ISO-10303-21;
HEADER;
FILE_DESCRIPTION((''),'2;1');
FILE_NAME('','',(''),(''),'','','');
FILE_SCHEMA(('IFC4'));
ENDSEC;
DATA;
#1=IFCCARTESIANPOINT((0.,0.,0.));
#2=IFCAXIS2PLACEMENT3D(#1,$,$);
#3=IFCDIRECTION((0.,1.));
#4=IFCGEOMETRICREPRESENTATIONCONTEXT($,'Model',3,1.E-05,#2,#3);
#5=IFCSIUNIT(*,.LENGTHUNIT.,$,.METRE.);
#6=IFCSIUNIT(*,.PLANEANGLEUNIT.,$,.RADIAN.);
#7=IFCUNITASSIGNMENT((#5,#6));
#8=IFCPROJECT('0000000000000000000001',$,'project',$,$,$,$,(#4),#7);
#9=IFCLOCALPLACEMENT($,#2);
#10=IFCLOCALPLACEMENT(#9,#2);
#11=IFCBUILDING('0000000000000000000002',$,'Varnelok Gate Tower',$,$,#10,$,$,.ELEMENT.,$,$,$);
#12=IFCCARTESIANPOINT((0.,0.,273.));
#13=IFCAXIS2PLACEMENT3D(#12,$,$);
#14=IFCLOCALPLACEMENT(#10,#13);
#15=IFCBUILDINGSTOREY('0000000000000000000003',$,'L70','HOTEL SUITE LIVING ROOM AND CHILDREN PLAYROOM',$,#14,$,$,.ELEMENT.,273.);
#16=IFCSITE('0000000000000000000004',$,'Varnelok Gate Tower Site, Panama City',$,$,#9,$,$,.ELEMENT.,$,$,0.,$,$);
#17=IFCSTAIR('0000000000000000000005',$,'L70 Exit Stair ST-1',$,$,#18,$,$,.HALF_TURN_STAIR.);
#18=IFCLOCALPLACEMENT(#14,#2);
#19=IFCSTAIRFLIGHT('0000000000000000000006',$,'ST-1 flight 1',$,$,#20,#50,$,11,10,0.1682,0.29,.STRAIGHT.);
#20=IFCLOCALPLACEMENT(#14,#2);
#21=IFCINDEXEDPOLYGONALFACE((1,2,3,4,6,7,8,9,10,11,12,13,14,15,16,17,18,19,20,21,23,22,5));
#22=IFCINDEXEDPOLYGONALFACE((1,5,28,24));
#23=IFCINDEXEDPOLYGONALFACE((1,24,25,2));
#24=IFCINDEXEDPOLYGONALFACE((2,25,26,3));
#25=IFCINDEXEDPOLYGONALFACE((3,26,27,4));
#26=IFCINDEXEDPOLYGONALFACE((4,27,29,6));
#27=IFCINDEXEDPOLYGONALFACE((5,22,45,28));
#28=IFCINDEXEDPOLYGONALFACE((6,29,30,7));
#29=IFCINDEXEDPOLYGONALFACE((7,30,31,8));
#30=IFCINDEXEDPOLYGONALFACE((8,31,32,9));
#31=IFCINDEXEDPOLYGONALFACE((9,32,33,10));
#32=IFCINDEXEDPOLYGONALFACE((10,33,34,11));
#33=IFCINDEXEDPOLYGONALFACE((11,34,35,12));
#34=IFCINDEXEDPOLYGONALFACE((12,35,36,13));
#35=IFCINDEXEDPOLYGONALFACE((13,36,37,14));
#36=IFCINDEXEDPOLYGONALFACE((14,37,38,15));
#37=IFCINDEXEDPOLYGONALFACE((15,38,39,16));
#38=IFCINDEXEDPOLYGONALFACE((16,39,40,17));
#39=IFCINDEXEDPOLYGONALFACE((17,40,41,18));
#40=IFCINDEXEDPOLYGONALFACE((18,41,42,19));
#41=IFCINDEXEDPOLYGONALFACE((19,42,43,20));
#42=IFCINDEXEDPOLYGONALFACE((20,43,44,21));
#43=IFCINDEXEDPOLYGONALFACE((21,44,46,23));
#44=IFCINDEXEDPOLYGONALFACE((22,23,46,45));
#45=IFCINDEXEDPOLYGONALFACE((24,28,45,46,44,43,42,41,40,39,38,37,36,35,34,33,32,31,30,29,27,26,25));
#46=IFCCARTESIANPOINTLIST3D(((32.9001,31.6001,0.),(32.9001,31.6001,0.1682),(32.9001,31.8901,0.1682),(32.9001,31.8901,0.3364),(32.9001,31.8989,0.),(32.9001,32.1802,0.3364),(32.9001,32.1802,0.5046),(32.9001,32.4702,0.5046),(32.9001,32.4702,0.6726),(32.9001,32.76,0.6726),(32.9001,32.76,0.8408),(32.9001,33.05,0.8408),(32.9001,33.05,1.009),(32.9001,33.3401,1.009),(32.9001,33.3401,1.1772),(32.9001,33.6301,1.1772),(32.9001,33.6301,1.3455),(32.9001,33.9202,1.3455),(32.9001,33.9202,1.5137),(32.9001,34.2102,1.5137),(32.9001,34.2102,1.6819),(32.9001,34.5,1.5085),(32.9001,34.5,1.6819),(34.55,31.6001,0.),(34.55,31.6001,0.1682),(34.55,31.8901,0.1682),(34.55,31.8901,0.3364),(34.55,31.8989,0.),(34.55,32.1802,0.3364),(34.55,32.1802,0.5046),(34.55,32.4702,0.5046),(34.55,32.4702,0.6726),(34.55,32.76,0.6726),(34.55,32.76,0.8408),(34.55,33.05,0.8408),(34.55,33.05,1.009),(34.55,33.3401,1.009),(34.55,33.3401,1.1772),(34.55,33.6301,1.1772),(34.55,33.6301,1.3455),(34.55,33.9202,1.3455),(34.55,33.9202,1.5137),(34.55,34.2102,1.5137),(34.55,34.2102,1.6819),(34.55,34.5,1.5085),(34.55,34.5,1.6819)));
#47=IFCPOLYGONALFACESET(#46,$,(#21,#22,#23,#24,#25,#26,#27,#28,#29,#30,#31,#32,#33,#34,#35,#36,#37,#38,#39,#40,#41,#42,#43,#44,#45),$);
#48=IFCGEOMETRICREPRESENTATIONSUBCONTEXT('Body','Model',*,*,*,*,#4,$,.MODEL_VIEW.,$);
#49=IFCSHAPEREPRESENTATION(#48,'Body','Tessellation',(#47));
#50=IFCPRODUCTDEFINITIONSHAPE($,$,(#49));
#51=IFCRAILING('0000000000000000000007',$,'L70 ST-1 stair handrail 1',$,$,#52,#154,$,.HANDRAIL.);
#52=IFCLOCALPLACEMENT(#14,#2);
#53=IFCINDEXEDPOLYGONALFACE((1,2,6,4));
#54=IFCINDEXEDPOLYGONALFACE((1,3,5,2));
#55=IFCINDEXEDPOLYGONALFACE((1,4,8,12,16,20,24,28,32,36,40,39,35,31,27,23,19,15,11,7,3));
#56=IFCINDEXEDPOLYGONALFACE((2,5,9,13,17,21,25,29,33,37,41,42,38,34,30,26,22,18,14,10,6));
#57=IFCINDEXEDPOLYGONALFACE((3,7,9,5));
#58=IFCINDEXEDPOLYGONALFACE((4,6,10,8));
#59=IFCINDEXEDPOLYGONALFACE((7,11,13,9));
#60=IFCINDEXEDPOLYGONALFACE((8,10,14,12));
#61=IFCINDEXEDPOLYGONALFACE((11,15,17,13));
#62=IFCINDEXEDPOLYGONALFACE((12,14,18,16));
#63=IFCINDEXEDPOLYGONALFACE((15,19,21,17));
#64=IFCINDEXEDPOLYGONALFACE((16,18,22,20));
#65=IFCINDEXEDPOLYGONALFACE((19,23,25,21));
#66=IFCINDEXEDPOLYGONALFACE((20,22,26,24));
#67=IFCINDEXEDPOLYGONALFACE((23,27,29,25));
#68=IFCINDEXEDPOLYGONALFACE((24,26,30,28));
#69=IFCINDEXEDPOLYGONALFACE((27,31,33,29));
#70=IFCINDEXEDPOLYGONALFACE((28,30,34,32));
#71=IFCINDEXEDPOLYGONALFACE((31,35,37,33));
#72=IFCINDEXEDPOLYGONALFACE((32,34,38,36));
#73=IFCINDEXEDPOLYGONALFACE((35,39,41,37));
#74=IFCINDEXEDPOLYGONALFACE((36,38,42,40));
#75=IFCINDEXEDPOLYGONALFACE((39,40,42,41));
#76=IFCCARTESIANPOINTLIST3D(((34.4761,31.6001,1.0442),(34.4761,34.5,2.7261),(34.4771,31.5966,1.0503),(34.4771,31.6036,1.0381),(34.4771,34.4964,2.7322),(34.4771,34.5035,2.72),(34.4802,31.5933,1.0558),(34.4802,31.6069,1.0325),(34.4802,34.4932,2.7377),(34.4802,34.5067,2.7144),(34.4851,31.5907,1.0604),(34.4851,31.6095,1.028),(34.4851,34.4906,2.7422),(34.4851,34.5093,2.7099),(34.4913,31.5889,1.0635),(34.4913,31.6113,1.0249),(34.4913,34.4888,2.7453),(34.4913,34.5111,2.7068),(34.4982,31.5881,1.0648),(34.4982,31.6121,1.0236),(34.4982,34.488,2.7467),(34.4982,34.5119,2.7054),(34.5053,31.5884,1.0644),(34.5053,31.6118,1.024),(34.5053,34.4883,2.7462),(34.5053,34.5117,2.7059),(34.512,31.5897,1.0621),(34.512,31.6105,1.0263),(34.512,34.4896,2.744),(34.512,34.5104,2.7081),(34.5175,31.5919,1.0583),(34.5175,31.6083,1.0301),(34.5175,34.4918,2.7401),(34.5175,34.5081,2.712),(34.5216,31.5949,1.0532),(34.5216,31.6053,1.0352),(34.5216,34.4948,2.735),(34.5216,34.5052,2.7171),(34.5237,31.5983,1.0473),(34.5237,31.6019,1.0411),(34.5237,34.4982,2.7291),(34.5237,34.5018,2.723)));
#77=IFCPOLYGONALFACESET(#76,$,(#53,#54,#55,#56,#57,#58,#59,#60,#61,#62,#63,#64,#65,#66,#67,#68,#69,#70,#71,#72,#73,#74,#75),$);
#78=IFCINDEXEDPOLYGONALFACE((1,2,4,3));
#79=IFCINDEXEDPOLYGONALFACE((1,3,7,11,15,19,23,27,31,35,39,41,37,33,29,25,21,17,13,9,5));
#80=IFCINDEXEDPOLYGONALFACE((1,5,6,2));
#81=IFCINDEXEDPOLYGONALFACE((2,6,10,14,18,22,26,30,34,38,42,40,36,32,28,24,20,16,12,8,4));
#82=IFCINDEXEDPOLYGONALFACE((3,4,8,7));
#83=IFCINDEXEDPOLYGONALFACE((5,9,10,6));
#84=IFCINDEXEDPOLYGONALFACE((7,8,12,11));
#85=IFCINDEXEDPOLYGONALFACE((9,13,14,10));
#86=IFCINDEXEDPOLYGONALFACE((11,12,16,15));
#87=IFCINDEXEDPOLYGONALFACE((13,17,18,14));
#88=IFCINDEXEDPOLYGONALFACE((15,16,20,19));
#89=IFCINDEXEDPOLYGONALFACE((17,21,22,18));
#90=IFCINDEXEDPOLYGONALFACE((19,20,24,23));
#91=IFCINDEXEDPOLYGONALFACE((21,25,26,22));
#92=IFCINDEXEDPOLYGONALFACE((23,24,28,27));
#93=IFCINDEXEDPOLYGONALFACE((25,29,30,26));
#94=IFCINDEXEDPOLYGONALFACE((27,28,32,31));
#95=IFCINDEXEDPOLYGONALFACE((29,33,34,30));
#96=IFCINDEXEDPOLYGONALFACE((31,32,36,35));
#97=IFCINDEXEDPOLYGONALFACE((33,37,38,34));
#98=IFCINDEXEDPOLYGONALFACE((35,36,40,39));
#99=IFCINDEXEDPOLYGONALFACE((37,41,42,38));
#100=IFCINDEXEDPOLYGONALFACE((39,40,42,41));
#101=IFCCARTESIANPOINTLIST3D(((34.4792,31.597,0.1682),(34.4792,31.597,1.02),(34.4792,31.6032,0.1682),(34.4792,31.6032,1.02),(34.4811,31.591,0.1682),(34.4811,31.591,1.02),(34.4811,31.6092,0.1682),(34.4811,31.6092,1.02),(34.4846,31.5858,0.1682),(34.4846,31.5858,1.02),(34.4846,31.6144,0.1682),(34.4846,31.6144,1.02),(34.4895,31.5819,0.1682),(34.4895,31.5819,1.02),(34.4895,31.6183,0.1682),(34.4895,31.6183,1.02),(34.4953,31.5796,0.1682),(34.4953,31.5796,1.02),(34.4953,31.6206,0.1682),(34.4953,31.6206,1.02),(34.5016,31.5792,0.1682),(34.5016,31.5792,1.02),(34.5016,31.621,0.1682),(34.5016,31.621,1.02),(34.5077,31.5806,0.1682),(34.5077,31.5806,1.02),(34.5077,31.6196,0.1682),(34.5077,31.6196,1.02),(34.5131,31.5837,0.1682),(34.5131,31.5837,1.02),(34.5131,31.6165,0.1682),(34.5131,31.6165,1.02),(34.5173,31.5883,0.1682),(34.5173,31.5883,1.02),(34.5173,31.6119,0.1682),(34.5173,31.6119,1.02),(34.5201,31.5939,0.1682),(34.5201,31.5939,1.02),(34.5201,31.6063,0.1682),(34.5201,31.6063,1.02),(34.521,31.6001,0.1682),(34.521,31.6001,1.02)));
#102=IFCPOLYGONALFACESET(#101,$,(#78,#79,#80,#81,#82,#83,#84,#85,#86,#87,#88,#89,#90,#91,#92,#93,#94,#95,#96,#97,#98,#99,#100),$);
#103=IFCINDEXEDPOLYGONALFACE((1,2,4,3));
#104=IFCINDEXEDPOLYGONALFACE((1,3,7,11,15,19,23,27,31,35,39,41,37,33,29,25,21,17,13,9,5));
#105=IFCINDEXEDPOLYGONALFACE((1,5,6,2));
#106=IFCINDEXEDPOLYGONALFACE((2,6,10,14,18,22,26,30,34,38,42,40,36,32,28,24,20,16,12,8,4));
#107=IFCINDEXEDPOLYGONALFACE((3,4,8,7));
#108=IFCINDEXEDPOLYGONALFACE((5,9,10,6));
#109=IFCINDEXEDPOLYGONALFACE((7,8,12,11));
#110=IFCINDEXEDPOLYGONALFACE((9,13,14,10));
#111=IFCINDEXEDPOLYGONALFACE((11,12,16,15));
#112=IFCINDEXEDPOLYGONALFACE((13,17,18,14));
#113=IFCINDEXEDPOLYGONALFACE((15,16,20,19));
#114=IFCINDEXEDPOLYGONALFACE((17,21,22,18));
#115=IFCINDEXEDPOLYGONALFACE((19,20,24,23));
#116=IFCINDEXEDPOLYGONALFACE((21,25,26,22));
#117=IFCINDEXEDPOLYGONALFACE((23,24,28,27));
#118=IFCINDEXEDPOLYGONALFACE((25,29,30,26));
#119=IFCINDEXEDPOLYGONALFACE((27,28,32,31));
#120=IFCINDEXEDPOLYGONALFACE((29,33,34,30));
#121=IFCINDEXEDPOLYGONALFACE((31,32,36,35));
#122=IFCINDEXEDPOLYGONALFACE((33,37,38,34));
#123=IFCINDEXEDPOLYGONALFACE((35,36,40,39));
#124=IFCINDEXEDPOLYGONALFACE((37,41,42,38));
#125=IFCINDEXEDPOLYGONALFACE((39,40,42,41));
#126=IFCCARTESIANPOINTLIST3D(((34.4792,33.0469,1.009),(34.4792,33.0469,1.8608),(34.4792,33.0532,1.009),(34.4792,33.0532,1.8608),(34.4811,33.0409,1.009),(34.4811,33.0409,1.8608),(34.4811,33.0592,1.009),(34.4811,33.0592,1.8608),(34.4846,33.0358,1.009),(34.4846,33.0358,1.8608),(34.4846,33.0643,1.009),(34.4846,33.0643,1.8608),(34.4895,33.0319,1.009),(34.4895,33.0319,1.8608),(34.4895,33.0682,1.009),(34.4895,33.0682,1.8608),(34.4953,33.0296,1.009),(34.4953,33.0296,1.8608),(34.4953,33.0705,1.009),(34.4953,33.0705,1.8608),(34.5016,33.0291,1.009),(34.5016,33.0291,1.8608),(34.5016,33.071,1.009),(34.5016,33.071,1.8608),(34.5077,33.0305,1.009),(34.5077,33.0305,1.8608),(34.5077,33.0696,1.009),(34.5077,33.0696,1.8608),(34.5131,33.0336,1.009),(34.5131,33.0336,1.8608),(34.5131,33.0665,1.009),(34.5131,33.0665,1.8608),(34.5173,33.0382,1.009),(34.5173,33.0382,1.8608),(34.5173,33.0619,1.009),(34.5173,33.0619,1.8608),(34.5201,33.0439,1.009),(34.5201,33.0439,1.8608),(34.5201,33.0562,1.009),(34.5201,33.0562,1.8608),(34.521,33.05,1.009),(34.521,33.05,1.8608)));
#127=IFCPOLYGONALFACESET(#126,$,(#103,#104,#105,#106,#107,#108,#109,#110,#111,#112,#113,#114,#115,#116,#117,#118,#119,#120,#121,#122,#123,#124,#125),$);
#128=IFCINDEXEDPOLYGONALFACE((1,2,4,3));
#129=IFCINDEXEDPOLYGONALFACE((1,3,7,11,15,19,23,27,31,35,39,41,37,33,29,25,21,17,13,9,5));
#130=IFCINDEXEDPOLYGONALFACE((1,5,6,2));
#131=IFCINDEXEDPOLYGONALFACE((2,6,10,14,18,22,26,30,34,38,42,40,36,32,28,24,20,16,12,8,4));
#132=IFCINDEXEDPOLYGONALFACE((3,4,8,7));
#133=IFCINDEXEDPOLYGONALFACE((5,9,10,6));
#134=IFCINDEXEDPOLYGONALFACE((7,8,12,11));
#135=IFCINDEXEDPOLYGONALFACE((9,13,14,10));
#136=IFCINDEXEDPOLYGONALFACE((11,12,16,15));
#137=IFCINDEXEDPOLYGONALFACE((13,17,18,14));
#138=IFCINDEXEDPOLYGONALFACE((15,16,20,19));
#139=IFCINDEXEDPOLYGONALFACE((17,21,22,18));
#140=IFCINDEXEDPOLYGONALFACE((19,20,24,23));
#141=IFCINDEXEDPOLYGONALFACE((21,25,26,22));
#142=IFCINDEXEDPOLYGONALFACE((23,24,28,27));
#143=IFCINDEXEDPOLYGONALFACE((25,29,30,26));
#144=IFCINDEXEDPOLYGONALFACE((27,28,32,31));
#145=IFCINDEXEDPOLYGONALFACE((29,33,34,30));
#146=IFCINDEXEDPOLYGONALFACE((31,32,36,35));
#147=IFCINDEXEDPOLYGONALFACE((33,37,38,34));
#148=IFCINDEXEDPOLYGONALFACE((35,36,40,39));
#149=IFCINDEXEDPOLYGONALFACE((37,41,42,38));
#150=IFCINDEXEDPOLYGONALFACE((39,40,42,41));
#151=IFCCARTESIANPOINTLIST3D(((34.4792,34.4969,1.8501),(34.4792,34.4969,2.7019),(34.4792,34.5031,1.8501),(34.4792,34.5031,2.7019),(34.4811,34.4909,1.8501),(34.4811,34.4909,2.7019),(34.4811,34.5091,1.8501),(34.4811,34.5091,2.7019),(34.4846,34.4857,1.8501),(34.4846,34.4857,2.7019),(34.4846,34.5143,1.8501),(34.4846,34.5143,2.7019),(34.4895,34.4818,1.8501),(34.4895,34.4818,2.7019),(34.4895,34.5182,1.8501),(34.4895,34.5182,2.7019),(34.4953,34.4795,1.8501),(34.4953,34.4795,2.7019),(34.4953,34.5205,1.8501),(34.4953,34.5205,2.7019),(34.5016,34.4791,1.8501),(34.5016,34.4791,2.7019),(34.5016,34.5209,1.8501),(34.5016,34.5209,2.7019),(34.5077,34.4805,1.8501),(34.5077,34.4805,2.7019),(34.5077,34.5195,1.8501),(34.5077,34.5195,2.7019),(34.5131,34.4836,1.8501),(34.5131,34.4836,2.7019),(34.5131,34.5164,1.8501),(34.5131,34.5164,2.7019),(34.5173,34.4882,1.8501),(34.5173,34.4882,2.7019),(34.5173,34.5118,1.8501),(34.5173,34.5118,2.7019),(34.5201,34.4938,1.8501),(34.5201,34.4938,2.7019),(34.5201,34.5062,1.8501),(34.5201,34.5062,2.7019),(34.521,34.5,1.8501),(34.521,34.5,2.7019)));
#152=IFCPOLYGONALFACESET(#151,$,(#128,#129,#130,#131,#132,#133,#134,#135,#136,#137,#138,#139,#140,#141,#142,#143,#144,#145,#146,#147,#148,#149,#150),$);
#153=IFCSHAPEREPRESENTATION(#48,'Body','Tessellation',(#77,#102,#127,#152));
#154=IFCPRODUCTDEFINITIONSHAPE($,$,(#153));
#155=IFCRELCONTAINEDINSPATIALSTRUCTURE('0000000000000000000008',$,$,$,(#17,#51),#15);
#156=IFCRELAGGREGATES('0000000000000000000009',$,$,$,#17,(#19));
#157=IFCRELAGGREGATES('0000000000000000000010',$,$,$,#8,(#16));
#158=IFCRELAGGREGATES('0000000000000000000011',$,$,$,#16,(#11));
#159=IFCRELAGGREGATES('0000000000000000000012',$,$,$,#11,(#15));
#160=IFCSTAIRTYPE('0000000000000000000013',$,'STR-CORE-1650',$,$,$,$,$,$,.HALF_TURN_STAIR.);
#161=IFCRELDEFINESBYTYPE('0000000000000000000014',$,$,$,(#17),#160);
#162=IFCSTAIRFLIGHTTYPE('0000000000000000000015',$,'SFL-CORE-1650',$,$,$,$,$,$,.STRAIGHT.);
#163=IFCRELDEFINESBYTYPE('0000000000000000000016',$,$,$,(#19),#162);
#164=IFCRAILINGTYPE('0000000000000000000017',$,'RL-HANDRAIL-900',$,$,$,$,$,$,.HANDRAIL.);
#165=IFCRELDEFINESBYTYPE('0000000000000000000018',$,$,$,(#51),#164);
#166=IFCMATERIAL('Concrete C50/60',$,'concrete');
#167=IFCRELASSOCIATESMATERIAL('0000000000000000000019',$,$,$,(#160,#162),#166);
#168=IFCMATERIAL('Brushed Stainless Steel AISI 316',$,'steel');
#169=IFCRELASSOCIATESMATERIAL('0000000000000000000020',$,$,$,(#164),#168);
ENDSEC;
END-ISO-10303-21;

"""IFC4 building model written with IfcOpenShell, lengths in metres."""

from ifc_helpers import new_model, si_unit, direction, frame, origin, origin_2d, place, context, subcontext, project, spatial, polyline, circle, outline, extrude, material, type_object, element, aggregate, save


model = new_model("IFC4")

# Units and contexts
model_context = context("Model", 3, precision=1e-05, world=origin(), true_north=direction((0.0, 1.0)))
body_context = subcontext(model_context, "Body", "Model", "MODEL_VIEW")
ifc_project = project(units=[si_unit("LENGTHUNIT", "METRE"), si_unit("PLANEANGLEUNIT", "RADIAN")], contexts=[model_context])

# Site, building, storey
site_placement = place(None, origin())
site = spatial("IfcSite", under=ifc_project, at=site_placement, Name="Varnelok Gate Tower Site, Panama City", CompositionType="ELEMENT", RefElevation=0.0)
building_placement = place(site_placement, origin())
building = spatial("IfcBuilding", under=site, at=building_placement, Name="Varnelok Gate Tower", CompositionType="ELEMENT")
storey_placement = place(building_placement, frame((0.0, 0.0, 273.0)))
storey = spatial("IfcBuildingStorey", under=building, at=storey_placement, Name="L70", Description="HOTEL SUITE LIVING ROOM AND CHILDREN PLAYROOM", CompositionType="ELEMENT", Elevation=273.0)

# Shared definitions
ifc_material_1 = material(Name="Concrete C50/60", Category="concrete")

# Stair, stair flight
stair_type = type_object("IfcStairType", Name="STR-CORE-1650", PredefinedType="HALF_TURN_STAIR", material=ifc_material_1)
stair_placement = place(storey_placement, origin())
stair = element("IfcStair", 1, at=stair_placement, inside=storey, type_object=stair_type, Name="L70 Exit Stair ST-1", PredefinedType="HALF_TURN_STAIR")
stair_flight_type = type_object("IfcStairFlightType", Name="SFL-CORE-1650", PredefinedType="STRAIGHT", material=ifc_material_1)
stair_flight_placement = place(storey_placement, frame((33.7251, 31.6001, 0.0), z_axis=(0.0, 0.0, 1.0), x_axis=(0.0, 1.0, 0.0)))
stair_flight = element("IfcStairFlight", 2, at=stair_flight_placement, type_object=stair_flight_type, Name="ST-1 flight 1", NumberOfRisers=11, NumberOfTreads=10, PredefinedType="STRAIGHT", RiserHeight=0.1682, TreadLength=0.29, context=body_context, shape_type="SweptSolid", body=[
    extrude(outline(polyline([(0.0, 0.0), (0.0, 0.1682), (0.29, 0.1682), (0.29, 0.3364), (0.5801, 0.3364), (0.5801, 0.5046), (0.8701, 0.5046), (0.8701, 0.6726), (1.1599, 0.6726), (1.1599, 0.8408), (1.45, 0.8408), (1.45, 1.009), (1.74, 1.009), (1.74, 1.1772), (2.03, 1.1772), (2.03, 1.3455), (2.3201, 1.3455), (2.3201, 1.5137), (2.6101, 1.5137), (2.6101, 1.6819), (2.8999, 1.6819), (2.8999, 1.8501), (2.8999, 1.5085), (0.2988, 0.0), (0.0, 0.0)])), frame((0.0, 0.825, 0.0), z_axis=(0.0, -1.0, 0.0), x_axis=(1.0, 0.0, 0.0)), (0.0, 0.0, 1.0), 1.6499),
])
aggregate(stair, [stair_flight])

# Railing
ifc_material_2 = material(Name="Brushed Stainless Steel AISI 316", Category="steel")
railing_type_1 = type_object("IfcRailingType", Name="RL-HANDRAIL-900", PredefinedType="HANDRAIL", material=ifc_material_2)
railing_1_placement = place(storey_placement, frame((34.5, 31.6001, 0.1682)))
element("IfcRailing", 3, at=railing_1_placement, inside=storey, type_object=railing_type_1, Name="L70 ST-1 stair handrail 1", PredefinedType="HANDRAIL", context=body_context, shape_type="SweptSolid", body=[
    extrude(circle(Radius=0.0239, at=origin_2d()), frame((0.0, 0.0, 0.876), z_axis=(0.0, 0.865039, 0.501705), x_axis=(-1.0, 0.0, 0.0)), (0.0, 0.0, 1.0), 3.3523),
    extrude(circle(Radius=0.021, at=origin_2d()), origin(), (0.0, 0.0, 1.0), 0.8518),
    extrude(circle(Radius=0.021, at=origin_2d()), frame((0.0, 1.45, 0.8408)), (0.0, 0.0, 1.0), 0.8518),
    extrude(circle(Radius=0.021, at=origin_2d()), frame((0.0, 2.8999, 1.6819)), (0.0, 0.0, 1.0), 0.8518),
])

save(model, "model.ifc")
